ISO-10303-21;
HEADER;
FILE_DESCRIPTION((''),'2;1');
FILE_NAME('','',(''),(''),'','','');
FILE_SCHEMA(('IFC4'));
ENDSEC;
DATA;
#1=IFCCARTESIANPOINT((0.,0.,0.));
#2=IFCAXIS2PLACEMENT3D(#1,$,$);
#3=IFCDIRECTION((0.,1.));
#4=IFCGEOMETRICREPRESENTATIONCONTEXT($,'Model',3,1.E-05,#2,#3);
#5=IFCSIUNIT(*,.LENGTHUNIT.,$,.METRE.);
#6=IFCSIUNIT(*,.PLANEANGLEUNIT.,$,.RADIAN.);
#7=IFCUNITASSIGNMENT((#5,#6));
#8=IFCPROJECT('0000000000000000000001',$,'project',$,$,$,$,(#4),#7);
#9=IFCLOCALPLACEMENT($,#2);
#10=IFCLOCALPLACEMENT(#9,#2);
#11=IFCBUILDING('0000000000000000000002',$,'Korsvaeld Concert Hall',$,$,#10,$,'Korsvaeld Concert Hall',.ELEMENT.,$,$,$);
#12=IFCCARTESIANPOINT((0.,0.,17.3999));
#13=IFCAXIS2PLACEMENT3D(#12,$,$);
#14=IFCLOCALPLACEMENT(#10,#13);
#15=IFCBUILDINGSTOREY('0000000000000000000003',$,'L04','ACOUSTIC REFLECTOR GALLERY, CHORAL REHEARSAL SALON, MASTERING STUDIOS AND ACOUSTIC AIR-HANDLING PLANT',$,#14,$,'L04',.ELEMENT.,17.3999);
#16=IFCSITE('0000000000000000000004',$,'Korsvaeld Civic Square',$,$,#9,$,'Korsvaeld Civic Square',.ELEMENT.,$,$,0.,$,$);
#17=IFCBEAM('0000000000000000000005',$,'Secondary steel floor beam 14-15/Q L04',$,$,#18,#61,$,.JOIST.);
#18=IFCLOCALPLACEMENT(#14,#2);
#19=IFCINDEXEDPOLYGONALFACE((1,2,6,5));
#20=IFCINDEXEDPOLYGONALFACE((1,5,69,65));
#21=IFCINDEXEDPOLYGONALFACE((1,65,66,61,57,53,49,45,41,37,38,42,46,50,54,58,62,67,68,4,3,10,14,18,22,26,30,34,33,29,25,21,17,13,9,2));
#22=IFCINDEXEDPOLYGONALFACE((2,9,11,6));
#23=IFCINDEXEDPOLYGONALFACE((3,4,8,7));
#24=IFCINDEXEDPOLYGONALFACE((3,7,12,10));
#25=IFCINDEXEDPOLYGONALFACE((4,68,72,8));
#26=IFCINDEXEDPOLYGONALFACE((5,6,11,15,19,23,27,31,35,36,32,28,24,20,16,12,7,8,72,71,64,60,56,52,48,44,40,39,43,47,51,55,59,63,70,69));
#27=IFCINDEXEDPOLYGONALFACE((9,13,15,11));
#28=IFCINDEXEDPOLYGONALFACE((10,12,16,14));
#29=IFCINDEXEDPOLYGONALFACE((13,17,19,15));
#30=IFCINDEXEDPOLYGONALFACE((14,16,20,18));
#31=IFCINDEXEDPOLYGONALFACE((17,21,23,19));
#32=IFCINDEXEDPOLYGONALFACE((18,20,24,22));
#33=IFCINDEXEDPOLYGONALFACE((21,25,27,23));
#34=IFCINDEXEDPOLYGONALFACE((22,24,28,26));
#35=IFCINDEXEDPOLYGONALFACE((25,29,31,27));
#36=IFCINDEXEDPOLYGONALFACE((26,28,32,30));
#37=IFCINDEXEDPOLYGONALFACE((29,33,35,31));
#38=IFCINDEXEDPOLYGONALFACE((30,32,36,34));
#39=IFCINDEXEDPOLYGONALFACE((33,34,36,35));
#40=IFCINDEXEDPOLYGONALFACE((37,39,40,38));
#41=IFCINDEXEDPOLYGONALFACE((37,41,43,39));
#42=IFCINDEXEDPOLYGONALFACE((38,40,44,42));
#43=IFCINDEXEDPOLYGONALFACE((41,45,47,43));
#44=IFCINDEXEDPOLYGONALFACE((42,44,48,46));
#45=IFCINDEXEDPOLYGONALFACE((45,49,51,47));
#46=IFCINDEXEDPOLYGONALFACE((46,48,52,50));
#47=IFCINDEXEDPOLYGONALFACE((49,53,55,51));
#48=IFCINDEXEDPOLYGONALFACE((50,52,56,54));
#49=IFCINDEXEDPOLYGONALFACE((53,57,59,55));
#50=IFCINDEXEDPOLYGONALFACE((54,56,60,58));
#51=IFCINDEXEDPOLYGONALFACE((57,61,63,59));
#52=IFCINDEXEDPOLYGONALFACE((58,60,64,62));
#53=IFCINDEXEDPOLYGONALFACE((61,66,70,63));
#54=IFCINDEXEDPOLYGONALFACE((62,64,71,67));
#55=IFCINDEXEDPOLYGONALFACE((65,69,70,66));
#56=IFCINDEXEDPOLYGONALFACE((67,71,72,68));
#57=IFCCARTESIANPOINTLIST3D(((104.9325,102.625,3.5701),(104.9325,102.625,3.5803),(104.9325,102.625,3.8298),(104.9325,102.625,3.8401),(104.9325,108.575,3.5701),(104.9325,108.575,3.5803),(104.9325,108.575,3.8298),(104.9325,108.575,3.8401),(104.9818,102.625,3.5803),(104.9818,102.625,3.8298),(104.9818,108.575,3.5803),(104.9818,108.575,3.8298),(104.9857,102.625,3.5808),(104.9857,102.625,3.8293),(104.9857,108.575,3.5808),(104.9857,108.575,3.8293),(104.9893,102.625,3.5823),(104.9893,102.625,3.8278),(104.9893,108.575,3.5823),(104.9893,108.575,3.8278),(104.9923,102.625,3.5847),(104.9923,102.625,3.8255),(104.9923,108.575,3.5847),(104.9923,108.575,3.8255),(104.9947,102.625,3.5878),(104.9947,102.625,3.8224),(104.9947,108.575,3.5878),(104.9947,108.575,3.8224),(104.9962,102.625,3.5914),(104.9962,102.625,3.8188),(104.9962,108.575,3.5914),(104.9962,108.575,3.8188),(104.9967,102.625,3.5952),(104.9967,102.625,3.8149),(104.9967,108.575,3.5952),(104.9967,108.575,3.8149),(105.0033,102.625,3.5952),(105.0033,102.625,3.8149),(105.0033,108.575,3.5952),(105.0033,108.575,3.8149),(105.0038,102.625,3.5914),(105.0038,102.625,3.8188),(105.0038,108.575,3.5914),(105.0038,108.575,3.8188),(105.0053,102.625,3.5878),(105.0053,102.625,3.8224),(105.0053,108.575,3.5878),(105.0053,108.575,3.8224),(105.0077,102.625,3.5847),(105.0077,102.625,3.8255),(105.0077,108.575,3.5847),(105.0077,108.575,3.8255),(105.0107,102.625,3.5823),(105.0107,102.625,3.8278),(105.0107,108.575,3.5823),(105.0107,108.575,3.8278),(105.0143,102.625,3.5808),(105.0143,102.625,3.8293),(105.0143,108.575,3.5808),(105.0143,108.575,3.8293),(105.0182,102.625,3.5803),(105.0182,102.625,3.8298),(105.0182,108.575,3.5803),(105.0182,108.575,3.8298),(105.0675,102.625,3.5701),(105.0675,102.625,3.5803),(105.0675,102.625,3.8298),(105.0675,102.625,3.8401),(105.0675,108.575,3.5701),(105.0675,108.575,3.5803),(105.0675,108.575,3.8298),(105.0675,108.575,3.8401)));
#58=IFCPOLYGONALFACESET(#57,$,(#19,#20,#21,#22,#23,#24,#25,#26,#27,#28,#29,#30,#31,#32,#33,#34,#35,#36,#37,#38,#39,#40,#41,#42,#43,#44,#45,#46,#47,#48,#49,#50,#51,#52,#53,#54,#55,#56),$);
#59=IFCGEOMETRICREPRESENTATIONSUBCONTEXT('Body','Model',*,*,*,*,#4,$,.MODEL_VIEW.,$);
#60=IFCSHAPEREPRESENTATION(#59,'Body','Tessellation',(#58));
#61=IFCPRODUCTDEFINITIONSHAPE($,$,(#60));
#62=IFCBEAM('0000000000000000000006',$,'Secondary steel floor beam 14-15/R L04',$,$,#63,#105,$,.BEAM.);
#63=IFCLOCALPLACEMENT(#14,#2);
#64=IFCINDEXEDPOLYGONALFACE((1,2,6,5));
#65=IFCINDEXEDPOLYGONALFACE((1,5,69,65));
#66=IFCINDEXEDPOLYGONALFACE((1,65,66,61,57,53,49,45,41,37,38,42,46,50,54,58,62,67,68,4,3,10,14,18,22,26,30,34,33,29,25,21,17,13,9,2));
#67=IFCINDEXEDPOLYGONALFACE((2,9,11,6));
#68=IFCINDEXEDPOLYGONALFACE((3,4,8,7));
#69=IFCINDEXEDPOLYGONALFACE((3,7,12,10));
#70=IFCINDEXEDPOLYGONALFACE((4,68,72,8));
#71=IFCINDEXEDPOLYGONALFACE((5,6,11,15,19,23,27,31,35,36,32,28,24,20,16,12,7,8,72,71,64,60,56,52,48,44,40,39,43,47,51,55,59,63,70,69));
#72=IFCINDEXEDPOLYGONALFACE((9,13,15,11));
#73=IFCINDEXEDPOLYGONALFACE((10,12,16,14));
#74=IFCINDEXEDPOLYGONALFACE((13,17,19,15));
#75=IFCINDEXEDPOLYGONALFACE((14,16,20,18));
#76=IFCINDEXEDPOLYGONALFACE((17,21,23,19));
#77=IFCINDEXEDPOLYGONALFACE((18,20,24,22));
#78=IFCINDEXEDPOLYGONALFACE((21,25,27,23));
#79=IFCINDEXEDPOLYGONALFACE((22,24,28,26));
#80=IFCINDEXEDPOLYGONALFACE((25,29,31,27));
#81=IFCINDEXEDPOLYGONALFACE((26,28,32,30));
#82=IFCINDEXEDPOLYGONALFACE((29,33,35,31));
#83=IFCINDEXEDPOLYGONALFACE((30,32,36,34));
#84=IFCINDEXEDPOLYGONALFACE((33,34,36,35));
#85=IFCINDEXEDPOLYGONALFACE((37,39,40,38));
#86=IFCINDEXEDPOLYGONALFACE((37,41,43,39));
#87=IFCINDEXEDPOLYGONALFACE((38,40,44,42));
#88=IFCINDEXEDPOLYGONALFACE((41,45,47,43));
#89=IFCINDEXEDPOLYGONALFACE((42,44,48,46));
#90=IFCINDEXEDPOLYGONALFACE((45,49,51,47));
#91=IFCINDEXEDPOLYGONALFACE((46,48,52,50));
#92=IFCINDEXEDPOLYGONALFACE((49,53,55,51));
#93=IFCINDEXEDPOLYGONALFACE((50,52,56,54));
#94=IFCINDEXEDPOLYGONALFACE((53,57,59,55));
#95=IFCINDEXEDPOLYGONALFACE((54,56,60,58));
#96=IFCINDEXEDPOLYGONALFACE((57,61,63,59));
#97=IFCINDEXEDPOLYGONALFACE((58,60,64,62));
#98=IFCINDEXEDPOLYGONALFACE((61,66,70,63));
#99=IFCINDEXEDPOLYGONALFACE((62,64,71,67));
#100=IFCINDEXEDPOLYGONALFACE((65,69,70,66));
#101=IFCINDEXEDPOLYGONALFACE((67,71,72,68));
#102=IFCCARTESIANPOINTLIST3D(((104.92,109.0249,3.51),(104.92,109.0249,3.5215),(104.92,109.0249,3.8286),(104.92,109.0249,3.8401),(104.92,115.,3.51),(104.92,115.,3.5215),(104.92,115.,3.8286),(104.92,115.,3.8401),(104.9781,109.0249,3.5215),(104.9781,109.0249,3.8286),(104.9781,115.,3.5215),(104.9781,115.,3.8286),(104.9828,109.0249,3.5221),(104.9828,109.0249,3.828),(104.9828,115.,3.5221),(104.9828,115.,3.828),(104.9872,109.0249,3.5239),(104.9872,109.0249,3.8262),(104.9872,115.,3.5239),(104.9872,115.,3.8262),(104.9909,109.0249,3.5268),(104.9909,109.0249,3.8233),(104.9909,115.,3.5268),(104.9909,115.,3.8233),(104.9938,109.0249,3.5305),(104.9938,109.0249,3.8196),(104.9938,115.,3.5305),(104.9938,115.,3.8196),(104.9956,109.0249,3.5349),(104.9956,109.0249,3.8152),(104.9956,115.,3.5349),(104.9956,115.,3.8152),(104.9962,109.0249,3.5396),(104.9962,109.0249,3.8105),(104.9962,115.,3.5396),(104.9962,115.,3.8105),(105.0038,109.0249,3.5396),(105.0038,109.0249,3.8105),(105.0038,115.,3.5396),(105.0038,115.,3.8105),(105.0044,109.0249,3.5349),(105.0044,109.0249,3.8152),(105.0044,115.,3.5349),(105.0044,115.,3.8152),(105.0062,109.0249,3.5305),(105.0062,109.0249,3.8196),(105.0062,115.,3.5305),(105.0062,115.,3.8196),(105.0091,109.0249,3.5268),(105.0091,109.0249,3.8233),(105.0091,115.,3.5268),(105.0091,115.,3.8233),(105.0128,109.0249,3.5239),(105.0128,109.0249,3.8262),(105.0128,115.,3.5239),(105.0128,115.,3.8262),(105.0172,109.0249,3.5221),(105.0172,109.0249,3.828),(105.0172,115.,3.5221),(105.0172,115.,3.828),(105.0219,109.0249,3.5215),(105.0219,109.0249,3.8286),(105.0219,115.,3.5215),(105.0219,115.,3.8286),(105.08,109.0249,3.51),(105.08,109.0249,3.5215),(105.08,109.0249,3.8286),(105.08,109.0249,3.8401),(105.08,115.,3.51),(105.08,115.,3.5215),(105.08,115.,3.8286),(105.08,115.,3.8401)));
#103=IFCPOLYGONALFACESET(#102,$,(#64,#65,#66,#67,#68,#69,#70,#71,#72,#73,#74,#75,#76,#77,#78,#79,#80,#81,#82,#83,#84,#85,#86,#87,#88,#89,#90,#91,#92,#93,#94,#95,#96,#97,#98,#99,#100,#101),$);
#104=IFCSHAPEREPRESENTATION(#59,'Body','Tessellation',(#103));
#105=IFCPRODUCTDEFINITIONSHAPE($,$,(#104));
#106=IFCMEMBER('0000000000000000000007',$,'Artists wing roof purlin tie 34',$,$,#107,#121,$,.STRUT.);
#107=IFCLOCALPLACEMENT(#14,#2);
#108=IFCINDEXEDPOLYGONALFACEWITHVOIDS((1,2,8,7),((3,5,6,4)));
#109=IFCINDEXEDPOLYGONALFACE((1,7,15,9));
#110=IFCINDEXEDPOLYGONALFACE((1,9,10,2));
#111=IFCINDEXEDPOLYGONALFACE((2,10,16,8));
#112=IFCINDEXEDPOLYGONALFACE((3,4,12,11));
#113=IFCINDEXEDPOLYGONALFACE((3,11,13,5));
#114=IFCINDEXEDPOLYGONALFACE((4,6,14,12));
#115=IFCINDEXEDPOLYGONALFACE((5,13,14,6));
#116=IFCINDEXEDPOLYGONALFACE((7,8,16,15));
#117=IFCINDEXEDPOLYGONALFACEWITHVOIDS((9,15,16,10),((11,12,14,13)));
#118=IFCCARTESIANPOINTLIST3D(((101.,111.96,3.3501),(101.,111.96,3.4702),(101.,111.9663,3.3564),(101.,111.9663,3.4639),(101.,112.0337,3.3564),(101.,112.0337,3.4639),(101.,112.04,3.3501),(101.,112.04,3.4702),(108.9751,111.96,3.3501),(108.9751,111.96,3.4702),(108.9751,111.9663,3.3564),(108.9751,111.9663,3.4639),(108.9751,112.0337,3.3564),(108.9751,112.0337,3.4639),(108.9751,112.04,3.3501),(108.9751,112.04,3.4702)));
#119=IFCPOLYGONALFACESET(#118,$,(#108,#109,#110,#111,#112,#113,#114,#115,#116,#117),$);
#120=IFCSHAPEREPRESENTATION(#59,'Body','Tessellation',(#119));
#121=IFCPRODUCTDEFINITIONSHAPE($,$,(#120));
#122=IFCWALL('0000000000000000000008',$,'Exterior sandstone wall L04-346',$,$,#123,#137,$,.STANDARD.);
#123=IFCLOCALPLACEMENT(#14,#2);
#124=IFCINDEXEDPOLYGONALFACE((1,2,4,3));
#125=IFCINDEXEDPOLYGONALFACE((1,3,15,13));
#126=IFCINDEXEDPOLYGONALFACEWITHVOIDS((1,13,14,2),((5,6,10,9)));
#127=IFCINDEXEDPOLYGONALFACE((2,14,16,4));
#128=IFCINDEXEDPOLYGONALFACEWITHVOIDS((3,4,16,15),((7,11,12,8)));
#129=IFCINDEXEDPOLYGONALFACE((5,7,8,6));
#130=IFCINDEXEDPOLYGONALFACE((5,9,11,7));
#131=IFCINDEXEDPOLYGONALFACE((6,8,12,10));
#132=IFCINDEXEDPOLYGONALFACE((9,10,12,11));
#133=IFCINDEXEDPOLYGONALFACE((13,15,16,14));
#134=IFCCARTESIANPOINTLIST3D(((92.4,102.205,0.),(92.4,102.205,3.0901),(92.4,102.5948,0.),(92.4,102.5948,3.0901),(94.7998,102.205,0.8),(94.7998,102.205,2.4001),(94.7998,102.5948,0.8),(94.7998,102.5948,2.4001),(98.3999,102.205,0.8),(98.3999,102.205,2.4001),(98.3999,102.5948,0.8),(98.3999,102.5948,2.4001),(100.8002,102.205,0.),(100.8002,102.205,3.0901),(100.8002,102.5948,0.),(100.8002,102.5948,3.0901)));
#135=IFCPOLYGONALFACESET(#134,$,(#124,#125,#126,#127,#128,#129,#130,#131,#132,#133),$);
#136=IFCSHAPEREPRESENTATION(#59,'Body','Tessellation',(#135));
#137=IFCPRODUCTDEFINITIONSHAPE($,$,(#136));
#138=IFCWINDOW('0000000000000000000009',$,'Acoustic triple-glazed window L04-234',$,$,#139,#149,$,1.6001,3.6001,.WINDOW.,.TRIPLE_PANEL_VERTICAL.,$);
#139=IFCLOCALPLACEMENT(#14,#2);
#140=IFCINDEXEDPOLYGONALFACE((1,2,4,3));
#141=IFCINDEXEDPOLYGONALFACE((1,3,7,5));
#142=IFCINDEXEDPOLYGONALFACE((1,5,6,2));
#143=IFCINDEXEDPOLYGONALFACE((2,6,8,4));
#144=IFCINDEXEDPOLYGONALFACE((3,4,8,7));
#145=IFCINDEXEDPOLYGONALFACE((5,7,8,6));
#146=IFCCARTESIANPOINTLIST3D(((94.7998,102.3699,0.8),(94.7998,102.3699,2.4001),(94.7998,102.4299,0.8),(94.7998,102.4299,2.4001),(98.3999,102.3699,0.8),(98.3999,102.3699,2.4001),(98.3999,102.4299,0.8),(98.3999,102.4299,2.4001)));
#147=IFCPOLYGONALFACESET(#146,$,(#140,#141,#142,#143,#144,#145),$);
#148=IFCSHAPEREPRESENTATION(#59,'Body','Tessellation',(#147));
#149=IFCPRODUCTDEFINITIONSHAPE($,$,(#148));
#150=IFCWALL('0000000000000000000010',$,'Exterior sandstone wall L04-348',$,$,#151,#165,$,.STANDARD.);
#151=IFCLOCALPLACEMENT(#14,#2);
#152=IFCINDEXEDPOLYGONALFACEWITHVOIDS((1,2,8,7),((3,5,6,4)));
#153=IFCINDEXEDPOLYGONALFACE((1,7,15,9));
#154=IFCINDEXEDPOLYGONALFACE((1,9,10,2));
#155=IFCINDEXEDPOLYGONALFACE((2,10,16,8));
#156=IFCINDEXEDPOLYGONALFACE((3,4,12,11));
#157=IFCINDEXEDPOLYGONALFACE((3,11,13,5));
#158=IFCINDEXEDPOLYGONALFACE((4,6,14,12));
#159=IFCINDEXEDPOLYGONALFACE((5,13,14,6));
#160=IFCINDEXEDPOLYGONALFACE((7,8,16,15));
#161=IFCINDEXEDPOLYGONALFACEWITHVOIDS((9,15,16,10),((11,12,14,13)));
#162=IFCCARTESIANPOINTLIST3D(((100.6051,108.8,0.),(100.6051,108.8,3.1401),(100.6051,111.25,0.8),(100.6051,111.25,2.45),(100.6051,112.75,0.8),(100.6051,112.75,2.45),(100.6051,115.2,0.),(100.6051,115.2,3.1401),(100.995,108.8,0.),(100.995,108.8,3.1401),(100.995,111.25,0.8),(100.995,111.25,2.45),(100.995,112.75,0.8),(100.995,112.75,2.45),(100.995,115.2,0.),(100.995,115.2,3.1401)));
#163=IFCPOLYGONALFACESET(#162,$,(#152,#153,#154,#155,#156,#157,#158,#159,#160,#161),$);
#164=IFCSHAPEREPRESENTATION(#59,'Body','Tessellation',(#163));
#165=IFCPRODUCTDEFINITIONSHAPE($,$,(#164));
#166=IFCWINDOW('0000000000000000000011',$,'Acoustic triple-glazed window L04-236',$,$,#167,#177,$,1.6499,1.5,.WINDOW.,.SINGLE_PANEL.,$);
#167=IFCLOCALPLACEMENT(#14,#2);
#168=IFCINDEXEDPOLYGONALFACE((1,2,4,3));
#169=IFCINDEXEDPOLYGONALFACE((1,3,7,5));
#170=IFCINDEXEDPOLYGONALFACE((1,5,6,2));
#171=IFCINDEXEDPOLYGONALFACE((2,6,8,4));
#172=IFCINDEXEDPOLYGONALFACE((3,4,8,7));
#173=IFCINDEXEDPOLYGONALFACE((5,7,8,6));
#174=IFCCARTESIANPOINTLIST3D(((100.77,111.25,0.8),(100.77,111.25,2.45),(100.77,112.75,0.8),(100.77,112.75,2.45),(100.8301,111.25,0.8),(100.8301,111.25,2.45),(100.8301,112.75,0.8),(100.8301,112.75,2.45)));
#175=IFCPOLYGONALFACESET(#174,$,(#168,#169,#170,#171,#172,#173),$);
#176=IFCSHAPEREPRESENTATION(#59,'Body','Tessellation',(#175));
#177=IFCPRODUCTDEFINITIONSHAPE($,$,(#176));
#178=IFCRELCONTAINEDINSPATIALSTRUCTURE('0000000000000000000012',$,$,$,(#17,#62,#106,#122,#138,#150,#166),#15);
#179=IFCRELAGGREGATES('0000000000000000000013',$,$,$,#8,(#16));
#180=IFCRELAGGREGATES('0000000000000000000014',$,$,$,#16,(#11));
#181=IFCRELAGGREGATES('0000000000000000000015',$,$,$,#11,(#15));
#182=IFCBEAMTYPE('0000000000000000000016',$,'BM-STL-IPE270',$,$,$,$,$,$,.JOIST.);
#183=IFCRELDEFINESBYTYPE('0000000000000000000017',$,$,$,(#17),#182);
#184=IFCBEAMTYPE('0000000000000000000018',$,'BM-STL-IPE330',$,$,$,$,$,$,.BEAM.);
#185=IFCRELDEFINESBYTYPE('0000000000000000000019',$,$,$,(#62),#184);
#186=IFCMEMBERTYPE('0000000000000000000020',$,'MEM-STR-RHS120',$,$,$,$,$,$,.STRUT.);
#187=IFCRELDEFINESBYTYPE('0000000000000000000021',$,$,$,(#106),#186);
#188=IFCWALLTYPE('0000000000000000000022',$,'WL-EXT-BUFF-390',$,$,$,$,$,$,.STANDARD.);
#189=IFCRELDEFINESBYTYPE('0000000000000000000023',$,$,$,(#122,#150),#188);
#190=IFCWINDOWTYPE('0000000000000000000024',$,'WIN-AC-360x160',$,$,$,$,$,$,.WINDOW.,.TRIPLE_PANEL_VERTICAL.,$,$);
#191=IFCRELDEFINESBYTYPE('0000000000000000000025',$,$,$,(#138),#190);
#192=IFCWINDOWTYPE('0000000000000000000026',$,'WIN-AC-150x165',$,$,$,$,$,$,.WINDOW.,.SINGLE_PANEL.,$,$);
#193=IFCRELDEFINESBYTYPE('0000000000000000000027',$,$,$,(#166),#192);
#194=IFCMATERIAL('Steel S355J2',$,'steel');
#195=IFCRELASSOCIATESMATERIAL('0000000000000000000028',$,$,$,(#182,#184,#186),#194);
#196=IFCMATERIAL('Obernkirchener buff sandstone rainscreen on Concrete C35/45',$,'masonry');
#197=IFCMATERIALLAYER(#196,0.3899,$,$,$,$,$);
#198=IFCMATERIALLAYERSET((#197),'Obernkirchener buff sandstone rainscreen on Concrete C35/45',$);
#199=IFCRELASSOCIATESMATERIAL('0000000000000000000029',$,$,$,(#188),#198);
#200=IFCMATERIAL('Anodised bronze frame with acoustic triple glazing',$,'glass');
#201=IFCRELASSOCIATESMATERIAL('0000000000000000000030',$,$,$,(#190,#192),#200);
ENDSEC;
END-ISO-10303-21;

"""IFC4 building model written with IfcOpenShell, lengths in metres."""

from ifc_helpers import new_model, si_unit, direction, frame, frame_2d, origin, origin_2d, place, context, subcontext, project, spatial, rectangle, hollow_rectangle, i_section, extrude, material, layer, layer_set, material_profile, profile_set, type_object, element, fill, save


model = new_model("IFC4")

# Units and contexts
model_context = context("Model", 3, precision=1e-05, world=origin(), true_north=direction((0.0, 1.0)))
body_context = subcontext(model_context, "Body", "Model", "MODEL_VIEW")
ifc_project = project(units=[si_unit("LENGTHUNIT", "METRE"), si_unit("PLANEANGLEUNIT", "RADIAN")], contexts=[model_context])

# Site, building, storey
site_placement = place(None, origin())
site = spatial("IfcSite", under=ifc_project, at=site_placement, Name="Korsvaeld Civic Square", LongName="Korsvaeld Civic Square", CompositionType="ELEMENT", RefElevation=0.0)
building_placement = place(site_placement, origin())
building = spatial("IfcBuilding", under=site, at=building_placement, Name="Korsvaeld Concert Hall", LongName="Korsvaeld Concert Hall", CompositionType="ELEMENT")
storey_placement = place(building_placement, frame((0.0, 0.0, 17.3999)))
storey = spatial("IfcBuildingStorey", under=building, at=storey_placement, Name="L04", Description="ACOUSTIC REFLECTOR GALLERY, CHORAL REHEARSAL SALON, MASTERING STUDIOS AND ACOUSTIC AIR-HANDLING PLANT", LongName="L04", CompositionType="ELEMENT", Elevation=17.3999)

# Beams
ifc_material_1 = material(Name="Steel S355J2", Category="steel")
ifc_material_profile_1 = material_profile(ifc_material_1, i_section(OverallWidth=0.135, OverallDepth=0.27, WebThickness=0.0066, FlangeThickness=0.0103, FilletRadius=0.0149, at=origin_2d()), Name="IPE 270")
ifc_profile_set_1 = profile_set([ifc_material_profile_1], Name="Steel S355J2")
beam_type_1 = type_object("IfcBeamType", Name="BM-STL-IPE270", PredefinedType="JOIST", material=ifc_profile_set_1)
beam_1_placement = place(storey_placement, frame((105.0, 102.625, 3.7051), z_axis=(0.0, 1.0, 0.0), x_axis=(-1.0, 0.0, 0.0)))
element("IfcBeam", 1, at=beam_1_placement, inside=storey, type_object=beam_type_1, Name="Secondary steel floor beam 14-15/Q L04", PredefinedType="JOIST", context=body_context, shape_type="SweptSolid", body=[
    extrude(i_section(OverallWidth=0.135, OverallDepth=0.27, WebThickness=0.0066, FlangeThickness=0.0103, FilletRadius=0.0149, at=origin_2d()), origin(), (0.0, 0.0, 1.0), 5.95),
])
ifc_material_profile_2 = material_profile(ifc_material_1, i_section(OverallWidth=0.1599, OverallDepth=0.3301, WebThickness=0.0076, FlangeThickness=0.0115, FilletRadius=0.0181, at=origin_2d()), Name="IPE 330")
ifc_profile_set_2 = profile_set([ifc_material_profile_2], Name="Steel S355J2")
beam_type_2 = type_object("IfcBeamType", Name="BM-STL-IPE330", PredefinedType="BEAM", material=ifc_profile_set_2)
beam_2_placement = place(storey_placement, frame((105.0, 109.0249, 3.675), z_axis=(0.0, 1.0, 0.0), x_axis=(-1.0, 0.0, 0.0)))
element("IfcBeam", 2, at=beam_2_placement, inside=storey, type_object=beam_type_2, Name="Secondary steel floor beam 14-15/R L04", PredefinedType="BEAM", context=body_context, shape_type="SweptSolid", body=[
    extrude(i_section(OverallWidth=0.1599, OverallDepth=0.3301, WebThickness=0.0076, FlangeThickness=0.0115, FilletRadius=0.0181, at=origin_2d()), origin(), (0.0, 0.0, 1.0), 5.9751),
])

# Member
ifc_material_profile_3 = material_profile(ifc_material_1, hollow_rectangle(XDim=0.0801, YDim=0.1201, WallThickness=0.0063, at=origin_2d()), Name="RHS 120x80x6.3")
ifc_profile_set_3 = profile_set([ifc_material_profile_3], Name="Steel S355J2")
member_type = type_object("IfcMemberType", Name="MEM-STR-RHS120", PredefinedType="STRUT", material=ifc_profile_set_3)
member_placement = place(storey_placement, frame((101.0, 112.0, 3.4102), z_axis=(1.0, 0.0, 0.0), x_axis=(0.0, 1.0, 0.0)))
element("IfcMember", 3, at=member_placement, inside=storey, type_object=member_type, Name="Artists wing roof purlin tie 34", PredefinedType="STRUT", context=body_context, shape_type="SweptSolid", body=[
    extrude(hollow_rectangle(XDim=0.0801, YDim=0.1201, WallThickness=0.0063, at=origin_2d()), origin(), (0.0, 0.0, 1.0), 7.9751),
])

# Walls, openings, windows
ifc_material_2 = material(Name="Obernkirchener buff sandstone rainscreen on Concrete C35/45", Category="masonry")
ifc_layer_1 = layer(ifc_material_2, 0.3899)
ifc_layer_set_1 = layer_set([ifc_layer_1], Name="Obernkirchener buff sandstone rainscreen on Concrete C35/45")
wall_type_1 = type_object("IfcWallType", Name="WL-EXT-BUFF-390", PredefinedType="STANDARD", material=ifc_layer_set_1)
wall_1_placement = place(storey_placement, frame((92.3999, 102.3999, 0.0), z_axis=(0.0, 0.0, 1.0), x_axis=(1.0, 0.0, 0.0)))
wall_1 = element("IfcWall", 4, at=wall_1_placement, inside=storey, type_object=wall_type_1, Name="Exterior sandstone wall L04-346", PredefinedType="STANDARD", context=body_context, shape_type="SweptSolid", body=[
    extrude(rectangle(XDim=8.4001, YDim=0.3899, at=frame_2d((4.2002, 0.0))), origin(), (0.0, 0.0, 1.0), 3.0901),
])
opening_1_placement = place(wall_1_placement, frame((2.3999, 0.0, 0.8)))
opening_1 = element("IfcOpeningElement", 5, at=opening_1_placement, cuts=wall_1, PredefinedType="OPENING", context=body_context, shape_type="SweptSolid", body=[
    extrude(rectangle(XDim=3.6001, YDim=1.6001, at=frame_2d((1.8, 0.8))), frame((0.0, 0.2051, 0.0), z_axis=(0.0, -1.0, 0.0), x_axis=(1.0, 0.0, 0.0)), (0.0, 0.0, 1.0), 0.4099),
])
ifc_material_3 = material(Name="Anodised bronze frame with acoustic triple glazing", Category="glass")
window_type_1 = type_object("IfcWindowType", Name="WIN-AC-360x160", PartitioningType="TRIPLE_PANEL_VERTICAL", PredefinedType="WINDOW", material=ifc_material_3)
window_1_placement = place(opening_1_placement, origin())
window_1 = element("IfcWindow", 6, at=window_1_placement, inside=storey, type_object=window_type_1, Name="Acoustic triple-glazed window L04-234", OverallHeight=1.6001, OverallWidth=3.6001, PartitioningType="TRIPLE_PANEL_VERTICAL", PredefinedType="WINDOW", context=body_context, shape_type="SweptSolid", body=[
    extrude(rectangle(XDim=3.6001, YDim=1.6001, at=frame_2d((1.8, 0.8))), frame((0.0, 0.03, 0.0), z_axis=(0.0, -1.0, 0.0), x_axis=(1.0, 0.0, 0.0)), (0.0, 0.0, 1.0), 0.0601),
])
fill(opening_1, window_1)
wall_2_placement = place(storey_placement, frame((100.8, 108.8, 0.0), z_axis=(0.0, 0.0, 1.0), x_axis=(0.0, 1.0, 0.0)))
wall_2 = element("IfcWall", 7, at=wall_2_placement, inside=storey, type_object=wall_type_1, Name="Exterior sandstone wall L04-348", PredefinedType="STANDARD", context=body_context, shape_type="SweptSolid", body=[
    extrude(rectangle(XDim=6.3999, YDim=0.3899, at=frame_2d((3.2, 0.0))), origin(), (0.0, 0.0, 1.0), 3.1401),
])
opening_2_placement = place(wall_2_placement, frame((2.45, 0.0, 0.8)))
opening_2 = element("IfcOpeningElement", 8, at=opening_2_placement, cuts=wall_2, PredefinedType="OPENING", context=body_context, shape_type="SweptSolid", body=[
    extrude(rectangle(XDim=1.5, YDim=1.6499, at=frame_2d((0.75, 0.825))), frame((0.0, 0.2051, 0.0), z_axis=(0.0, -1.0, 0.0), x_axis=(1.0, 0.0, 0.0)), (0.0, 0.0, 1.0), 0.4099),
])
window_type_2 = type_object("IfcWindowType", Name="WIN-AC-150x165", PartitioningType="SINGLE_PANEL", PredefinedType="WINDOW", material=ifc_material_3)
window_2_placement = place(opening_2_placement, origin())
window_2 = element("IfcWindow", 9, at=window_2_placement, inside=storey, type_object=window_type_2, Name="Acoustic triple-glazed window L04-236", OverallHeight=1.6499, OverallWidth=1.5, PartitioningType="SINGLE_PANEL", PredefinedType="WINDOW", context=body_context, shape_type="SweptSolid", body=[
    extrude(rectangle(XDim=1.5, YDim=1.6499, at=frame_2d((0.75, 0.825))), frame((0.0, 0.03, 0.0), z_axis=(0.0, -1.0, 0.0), x_axis=(1.0, 0.0, 0.0)), (0.0, 0.0, 1.0), 0.0601),
])
fill(opening_2, window_2)

save(model, "model.ifc")
